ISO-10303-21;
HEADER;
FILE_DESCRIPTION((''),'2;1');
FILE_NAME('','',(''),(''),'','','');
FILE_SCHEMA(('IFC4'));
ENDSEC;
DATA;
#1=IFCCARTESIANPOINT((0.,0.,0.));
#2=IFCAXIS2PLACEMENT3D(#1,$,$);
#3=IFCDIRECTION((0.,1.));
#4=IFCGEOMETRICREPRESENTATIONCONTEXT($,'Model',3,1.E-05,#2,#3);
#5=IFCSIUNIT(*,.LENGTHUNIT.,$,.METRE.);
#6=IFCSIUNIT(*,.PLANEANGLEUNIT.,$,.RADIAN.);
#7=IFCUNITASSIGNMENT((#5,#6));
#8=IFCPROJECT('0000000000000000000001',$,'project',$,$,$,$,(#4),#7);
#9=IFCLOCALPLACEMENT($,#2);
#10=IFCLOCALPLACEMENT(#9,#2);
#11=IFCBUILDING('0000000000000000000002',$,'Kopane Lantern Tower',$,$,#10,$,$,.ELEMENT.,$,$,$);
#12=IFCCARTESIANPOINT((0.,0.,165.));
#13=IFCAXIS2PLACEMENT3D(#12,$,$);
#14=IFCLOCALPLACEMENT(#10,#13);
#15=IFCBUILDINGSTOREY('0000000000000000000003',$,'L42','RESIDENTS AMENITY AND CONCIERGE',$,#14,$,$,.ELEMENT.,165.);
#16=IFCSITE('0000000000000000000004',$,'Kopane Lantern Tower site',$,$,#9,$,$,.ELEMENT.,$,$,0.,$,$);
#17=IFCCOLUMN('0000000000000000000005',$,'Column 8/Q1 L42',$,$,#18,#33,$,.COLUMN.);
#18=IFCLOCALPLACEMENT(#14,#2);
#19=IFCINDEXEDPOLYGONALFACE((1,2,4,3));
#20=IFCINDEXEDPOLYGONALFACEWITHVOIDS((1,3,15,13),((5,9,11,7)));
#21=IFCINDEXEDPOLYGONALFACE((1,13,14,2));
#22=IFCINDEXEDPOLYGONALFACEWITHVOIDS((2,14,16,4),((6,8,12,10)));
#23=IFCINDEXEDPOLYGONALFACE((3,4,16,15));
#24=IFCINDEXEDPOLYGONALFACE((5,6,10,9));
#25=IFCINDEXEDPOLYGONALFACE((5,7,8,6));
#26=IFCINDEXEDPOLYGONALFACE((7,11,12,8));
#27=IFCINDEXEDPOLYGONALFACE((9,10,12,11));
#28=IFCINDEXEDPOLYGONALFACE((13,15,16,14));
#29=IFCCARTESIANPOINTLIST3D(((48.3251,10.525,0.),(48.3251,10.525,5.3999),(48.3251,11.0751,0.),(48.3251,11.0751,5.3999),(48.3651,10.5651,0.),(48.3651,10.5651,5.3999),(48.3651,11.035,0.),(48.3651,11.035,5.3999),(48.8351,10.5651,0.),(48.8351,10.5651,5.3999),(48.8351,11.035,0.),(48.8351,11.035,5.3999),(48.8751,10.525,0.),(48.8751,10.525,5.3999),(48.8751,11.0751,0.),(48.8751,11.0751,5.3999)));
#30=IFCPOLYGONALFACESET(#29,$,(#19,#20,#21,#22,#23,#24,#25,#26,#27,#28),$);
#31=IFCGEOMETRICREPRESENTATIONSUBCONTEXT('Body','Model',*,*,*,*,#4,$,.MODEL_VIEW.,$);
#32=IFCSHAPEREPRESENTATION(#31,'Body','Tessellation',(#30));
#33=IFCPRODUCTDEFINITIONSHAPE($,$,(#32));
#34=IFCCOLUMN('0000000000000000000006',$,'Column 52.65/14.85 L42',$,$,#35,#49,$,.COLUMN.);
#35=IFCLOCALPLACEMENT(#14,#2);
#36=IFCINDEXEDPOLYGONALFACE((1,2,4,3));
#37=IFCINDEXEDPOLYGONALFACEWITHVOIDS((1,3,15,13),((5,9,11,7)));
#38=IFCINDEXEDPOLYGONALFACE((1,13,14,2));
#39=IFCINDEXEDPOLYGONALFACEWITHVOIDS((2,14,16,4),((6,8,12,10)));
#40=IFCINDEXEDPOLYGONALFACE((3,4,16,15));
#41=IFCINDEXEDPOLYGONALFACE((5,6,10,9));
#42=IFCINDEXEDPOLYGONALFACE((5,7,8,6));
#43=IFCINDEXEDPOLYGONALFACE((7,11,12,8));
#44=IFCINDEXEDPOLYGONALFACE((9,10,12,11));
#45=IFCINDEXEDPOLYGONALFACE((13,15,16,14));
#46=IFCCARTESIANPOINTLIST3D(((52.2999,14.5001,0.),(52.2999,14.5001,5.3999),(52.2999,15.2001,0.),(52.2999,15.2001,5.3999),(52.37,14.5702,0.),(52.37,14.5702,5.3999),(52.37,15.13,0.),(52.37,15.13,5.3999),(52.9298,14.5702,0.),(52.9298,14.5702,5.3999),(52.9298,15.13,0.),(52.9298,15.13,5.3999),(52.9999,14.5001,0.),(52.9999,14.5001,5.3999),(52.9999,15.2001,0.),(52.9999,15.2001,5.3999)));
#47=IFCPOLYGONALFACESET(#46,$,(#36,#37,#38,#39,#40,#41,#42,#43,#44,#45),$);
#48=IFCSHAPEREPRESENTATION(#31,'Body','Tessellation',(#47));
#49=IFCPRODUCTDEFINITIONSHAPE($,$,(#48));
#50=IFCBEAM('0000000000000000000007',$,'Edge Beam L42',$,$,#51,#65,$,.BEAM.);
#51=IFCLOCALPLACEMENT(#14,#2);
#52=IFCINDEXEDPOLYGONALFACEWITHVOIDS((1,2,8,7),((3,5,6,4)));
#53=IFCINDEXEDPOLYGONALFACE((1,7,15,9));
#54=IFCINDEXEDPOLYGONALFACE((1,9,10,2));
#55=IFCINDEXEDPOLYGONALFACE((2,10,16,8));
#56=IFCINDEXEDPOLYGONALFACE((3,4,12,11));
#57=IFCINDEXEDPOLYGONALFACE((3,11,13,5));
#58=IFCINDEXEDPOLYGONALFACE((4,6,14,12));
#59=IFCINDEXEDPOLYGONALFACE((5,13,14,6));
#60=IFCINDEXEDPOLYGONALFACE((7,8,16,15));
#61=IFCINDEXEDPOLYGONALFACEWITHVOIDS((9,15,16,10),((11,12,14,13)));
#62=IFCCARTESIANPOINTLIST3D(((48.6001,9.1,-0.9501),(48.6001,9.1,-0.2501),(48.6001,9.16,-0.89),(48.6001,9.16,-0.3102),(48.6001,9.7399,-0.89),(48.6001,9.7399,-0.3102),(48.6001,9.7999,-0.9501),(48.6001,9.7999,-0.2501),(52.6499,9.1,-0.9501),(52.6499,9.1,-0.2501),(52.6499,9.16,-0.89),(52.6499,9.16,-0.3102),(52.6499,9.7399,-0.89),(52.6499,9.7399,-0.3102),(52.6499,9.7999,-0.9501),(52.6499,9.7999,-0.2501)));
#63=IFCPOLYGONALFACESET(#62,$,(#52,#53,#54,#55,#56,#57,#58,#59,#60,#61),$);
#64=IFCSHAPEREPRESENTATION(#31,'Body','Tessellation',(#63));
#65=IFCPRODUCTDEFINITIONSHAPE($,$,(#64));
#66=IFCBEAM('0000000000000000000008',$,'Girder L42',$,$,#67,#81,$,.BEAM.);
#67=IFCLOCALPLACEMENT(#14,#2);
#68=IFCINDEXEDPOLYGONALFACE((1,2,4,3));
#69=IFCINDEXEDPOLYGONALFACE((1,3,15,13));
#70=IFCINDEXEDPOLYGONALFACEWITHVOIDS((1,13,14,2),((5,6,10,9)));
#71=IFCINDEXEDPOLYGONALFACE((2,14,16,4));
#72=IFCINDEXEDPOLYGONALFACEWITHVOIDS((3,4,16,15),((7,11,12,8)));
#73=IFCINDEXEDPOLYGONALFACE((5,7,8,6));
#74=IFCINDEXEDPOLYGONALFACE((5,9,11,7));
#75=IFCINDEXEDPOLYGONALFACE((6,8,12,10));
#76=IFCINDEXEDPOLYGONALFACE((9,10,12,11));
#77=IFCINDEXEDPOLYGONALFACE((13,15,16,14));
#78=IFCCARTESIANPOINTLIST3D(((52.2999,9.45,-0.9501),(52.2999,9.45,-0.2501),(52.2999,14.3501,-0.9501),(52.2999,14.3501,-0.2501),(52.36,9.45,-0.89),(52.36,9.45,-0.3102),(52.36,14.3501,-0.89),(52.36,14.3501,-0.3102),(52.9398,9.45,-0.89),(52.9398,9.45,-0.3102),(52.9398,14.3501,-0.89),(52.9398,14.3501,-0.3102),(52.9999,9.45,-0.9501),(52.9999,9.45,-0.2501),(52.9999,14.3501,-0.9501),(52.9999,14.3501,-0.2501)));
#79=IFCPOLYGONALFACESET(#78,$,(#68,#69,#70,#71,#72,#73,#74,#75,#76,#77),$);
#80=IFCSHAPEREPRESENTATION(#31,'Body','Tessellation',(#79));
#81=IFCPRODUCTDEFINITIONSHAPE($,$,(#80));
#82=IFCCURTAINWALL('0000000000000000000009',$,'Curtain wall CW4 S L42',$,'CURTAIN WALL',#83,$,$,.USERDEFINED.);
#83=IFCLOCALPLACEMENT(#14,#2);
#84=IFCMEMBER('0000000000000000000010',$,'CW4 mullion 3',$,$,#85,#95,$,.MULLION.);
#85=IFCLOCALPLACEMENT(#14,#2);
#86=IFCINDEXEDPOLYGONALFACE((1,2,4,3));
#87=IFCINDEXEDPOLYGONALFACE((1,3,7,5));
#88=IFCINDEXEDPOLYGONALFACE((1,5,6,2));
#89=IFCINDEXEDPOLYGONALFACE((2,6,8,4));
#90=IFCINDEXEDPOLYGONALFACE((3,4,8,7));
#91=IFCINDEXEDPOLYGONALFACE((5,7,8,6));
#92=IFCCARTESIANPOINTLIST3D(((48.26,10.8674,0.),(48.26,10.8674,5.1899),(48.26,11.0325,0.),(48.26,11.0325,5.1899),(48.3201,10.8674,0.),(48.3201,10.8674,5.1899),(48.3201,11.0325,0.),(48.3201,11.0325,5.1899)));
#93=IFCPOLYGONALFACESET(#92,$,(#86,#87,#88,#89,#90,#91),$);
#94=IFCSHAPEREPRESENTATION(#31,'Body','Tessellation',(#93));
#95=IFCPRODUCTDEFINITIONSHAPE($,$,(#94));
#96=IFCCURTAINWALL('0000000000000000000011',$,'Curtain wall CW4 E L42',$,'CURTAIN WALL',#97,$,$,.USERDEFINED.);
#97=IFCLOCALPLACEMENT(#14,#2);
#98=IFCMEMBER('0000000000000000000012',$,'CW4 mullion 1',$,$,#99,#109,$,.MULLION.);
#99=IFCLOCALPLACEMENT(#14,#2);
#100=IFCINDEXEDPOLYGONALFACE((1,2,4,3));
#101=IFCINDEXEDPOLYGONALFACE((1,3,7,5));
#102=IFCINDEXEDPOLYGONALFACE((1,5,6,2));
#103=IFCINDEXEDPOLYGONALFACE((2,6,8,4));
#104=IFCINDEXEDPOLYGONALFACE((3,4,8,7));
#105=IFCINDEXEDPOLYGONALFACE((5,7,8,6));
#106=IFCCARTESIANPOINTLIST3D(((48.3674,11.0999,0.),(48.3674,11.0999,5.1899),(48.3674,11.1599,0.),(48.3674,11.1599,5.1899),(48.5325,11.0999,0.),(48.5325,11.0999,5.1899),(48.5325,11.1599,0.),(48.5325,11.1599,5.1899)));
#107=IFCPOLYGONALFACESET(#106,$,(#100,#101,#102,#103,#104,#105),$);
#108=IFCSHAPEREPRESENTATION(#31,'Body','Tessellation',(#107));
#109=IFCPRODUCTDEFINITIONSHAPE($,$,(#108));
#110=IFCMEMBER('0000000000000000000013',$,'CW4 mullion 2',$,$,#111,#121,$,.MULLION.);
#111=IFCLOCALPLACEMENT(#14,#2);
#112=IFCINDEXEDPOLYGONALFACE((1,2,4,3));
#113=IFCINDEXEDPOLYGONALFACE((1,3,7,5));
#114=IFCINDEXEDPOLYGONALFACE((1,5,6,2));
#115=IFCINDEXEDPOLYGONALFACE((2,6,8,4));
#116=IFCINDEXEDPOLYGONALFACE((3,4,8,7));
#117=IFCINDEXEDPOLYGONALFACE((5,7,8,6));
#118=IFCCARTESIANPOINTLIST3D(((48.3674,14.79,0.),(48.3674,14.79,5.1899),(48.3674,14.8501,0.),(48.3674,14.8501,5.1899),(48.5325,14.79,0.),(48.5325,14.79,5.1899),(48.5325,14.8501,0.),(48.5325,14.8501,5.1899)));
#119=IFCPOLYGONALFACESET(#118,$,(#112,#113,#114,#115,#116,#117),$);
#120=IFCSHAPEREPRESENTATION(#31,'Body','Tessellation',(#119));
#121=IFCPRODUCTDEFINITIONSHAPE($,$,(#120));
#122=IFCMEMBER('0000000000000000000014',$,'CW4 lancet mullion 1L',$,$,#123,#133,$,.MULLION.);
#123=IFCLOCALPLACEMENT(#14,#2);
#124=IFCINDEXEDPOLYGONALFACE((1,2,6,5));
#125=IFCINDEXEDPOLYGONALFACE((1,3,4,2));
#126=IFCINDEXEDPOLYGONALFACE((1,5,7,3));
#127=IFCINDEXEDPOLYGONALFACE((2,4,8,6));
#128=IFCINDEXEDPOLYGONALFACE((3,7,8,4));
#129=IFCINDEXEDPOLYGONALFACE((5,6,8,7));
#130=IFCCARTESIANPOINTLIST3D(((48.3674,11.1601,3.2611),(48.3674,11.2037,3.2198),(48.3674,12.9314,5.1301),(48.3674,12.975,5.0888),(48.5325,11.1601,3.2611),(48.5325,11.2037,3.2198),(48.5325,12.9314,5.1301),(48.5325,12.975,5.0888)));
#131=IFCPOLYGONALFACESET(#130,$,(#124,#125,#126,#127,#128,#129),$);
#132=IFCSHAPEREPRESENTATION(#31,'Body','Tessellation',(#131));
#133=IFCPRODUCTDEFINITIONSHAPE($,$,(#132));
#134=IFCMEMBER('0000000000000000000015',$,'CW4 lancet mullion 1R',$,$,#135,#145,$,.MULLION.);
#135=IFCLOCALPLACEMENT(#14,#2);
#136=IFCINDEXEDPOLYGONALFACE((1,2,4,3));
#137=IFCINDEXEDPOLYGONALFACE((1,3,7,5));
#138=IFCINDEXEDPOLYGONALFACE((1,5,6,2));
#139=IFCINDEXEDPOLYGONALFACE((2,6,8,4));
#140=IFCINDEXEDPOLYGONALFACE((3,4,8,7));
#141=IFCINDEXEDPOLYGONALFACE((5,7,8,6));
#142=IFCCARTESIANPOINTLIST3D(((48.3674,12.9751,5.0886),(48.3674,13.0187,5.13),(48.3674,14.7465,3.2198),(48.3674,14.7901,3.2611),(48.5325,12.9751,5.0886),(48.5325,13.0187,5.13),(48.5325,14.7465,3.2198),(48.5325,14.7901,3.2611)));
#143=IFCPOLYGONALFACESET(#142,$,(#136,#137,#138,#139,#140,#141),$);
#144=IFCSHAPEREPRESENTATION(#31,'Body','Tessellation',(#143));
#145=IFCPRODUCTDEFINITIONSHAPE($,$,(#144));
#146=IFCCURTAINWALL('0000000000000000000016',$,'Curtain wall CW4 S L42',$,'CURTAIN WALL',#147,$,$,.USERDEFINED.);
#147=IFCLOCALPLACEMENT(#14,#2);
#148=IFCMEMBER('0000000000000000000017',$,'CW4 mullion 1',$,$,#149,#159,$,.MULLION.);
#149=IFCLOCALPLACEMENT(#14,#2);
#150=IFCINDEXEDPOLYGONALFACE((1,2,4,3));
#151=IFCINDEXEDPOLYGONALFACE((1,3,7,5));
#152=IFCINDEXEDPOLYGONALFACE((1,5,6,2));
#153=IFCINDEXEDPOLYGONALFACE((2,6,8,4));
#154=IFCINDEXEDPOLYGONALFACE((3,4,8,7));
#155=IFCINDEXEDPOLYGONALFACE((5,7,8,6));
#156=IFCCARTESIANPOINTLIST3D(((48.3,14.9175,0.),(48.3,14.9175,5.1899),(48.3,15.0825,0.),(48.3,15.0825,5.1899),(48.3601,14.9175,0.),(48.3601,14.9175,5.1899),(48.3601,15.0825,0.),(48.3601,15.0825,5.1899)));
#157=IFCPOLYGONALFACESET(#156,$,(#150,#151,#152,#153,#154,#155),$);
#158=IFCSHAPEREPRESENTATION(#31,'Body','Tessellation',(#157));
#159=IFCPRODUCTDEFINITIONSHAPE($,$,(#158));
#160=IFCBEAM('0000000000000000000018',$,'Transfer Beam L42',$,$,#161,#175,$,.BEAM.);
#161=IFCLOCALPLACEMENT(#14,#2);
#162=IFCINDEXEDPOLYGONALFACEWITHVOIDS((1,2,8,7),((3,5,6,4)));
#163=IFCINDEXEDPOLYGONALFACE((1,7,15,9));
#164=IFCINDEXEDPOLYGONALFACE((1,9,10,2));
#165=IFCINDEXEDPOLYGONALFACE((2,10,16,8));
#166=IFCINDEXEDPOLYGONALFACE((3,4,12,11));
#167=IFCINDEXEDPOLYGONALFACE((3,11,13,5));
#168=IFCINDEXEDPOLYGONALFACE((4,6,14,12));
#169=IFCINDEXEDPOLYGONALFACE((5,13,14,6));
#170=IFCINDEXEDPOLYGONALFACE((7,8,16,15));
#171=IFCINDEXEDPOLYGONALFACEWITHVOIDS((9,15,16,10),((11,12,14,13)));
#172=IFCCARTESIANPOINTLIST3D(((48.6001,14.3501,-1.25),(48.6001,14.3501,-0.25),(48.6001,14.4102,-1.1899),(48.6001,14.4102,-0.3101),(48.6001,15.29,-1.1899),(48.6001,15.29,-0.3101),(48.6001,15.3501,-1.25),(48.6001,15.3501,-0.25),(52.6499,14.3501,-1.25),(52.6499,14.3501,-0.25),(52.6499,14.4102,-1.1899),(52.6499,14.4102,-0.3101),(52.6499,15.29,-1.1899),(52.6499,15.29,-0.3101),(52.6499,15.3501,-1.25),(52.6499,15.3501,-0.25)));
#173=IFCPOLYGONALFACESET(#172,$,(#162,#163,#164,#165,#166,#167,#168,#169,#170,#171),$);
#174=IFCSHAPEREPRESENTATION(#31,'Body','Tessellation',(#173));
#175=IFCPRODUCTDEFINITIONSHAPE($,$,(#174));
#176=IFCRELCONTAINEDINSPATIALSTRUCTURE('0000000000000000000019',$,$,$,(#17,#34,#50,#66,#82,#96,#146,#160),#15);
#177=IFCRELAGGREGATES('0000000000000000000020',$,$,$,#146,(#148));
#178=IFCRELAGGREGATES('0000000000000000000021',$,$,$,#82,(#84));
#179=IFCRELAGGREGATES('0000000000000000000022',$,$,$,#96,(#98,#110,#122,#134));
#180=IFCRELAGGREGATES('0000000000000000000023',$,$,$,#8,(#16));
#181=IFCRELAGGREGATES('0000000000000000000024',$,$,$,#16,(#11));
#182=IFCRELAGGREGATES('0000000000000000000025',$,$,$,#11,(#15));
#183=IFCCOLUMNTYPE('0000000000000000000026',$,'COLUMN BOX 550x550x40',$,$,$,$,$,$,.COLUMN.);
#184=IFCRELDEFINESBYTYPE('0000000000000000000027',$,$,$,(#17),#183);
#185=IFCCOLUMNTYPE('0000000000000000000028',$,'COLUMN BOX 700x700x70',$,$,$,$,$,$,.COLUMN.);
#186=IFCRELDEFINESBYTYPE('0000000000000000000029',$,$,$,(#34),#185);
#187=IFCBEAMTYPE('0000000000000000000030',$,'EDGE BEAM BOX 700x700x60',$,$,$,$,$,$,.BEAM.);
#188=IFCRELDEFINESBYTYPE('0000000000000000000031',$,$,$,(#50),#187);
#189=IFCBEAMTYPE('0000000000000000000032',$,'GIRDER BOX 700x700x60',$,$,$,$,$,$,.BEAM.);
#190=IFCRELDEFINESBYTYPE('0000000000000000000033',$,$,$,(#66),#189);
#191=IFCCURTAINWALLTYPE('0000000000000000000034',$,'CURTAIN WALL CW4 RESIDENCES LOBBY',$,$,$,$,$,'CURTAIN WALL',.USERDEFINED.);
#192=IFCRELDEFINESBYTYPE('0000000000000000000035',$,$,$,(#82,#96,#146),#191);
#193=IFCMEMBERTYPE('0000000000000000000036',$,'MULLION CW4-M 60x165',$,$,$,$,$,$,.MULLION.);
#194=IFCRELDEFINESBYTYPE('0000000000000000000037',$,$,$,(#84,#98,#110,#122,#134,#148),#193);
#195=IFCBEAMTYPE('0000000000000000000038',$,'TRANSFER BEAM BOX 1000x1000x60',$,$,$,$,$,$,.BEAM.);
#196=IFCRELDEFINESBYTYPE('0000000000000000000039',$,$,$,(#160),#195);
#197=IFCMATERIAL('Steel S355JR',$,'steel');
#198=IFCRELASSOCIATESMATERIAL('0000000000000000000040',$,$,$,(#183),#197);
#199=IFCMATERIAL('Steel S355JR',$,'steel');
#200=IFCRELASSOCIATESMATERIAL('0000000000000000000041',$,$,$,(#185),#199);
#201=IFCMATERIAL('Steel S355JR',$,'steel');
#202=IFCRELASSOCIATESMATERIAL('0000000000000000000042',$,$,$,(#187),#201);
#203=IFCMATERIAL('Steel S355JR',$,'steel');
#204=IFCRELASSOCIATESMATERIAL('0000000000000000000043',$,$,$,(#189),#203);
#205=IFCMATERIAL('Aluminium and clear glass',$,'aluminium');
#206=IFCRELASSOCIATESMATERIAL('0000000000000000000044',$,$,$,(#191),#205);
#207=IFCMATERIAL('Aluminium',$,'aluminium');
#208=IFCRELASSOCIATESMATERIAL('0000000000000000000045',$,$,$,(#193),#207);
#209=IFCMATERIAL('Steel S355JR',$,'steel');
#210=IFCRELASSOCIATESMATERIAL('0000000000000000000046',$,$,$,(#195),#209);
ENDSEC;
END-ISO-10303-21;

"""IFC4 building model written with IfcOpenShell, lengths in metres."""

from ifc_helpers import new_model, si_unit, direction, frame, origin, origin_2d, place, context, subcontext, project, spatial, rectangle, hollow_rectangle, extrude, material, material_profile, profile_set, type_object, element, aggregate, save


model = new_model("IFC4")

# Units and contexts
model_context = context("Model", 3, precision=1e-05, world=origin(), true_north=direction((0.0, 1.0)))
body_context = subcontext(model_context, "Body", "Model", "MODEL_VIEW")
ifc_project = project(units=[si_unit("LENGTHUNIT", "METRE"), si_unit("PLANEANGLEUNIT", "RADIAN")], contexts=[model_context])

# Site, building, storey
site_placement = place(None, origin())
site = spatial("IfcSite", under=ifc_project, at=site_placement, Name="Kopane Lantern Tower site", CompositionType="ELEMENT", RefElevation=0.0)
building_placement = place(site_placement, origin())
building = spatial("IfcBuilding", under=site, at=building_placement, Name="Kopane Lantern Tower", CompositionType="ELEMENT")
storey_placement = place(building_placement, frame((0.0, 0.0, 165.0)))
storey = spatial("IfcBuildingStorey", under=building, at=storey_placement, Name="L42", Description="RESIDENTS AMENITY AND CONCIERGE", CompositionType="ELEMENT", Elevation=165.0)

# Columns
ifc_material_1 = material(Name="Steel S355JR", Category="steel")
ifc_material_profile_1 = material_profile(ifc_material_1, hollow_rectangle(XDim=0.55, YDim=0.55, WallThickness=0.04, at=origin_2d()), Name="BOX 550x550x40")
ifc_profile_set_1 = profile_set([ifc_material_profile_1], Name="Steel S355JR")
column_type_1 = type_object("IfcColumnType", Name="COLUMN BOX 550x550x40", PredefinedType="COLUMN", material=ifc_profile_set_1)
column_1_placement = place(storey_placement, frame((48.6001, 10.8, 0.0), z_axis=(0.0, 0.0, 1.0), x_axis=(1.0, 0.0, 0.0)))
element("IfcColumn", 1, at=column_1_placement, inside=storey, type_object=column_type_1, Name="Column 8/Q1 L42", PredefinedType="COLUMN", context=body_context, shape_type="SweptSolid", body=[
    extrude(hollow_rectangle(XDim=0.55, YDim=0.55, WallThickness=0.04, at=origin_2d()), origin(), (0.0, 0.0, 1.0), 5.3999),
])
ifc_material_2 = material(Name="Steel S355JR", Category="steel")
ifc_material_profile_2 = material_profile(ifc_material_2, hollow_rectangle(XDim=0.7, YDim=0.7, WallThickness=0.0701, at=origin_2d()), Name="BOX 700x700x70")
ifc_profile_set_2 = profile_set([ifc_material_profile_2], Name="Steel S355JR")
column_type_2 = type_object("IfcColumnType", Name="COLUMN BOX 700x700x70", PredefinedType="COLUMN", material=ifc_profile_set_2)
column_2_placement = place(storey_placement, frame((52.6499, 14.8501, 0.0), z_axis=(0.0, 0.0, 1.0), x_axis=(1.0, 0.0, 0.0)))
element("IfcColumn", 2, at=column_2_placement, inside=storey, type_object=column_type_2, Name="Column 52.65/14.85 L42", PredefinedType="COLUMN", context=body_context, shape_type="SweptSolid", body=[
    extrude(hollow_rectangle(XDim=0.7, YDim=0.7, WallThickness=0.0701, at=origin_2d()), origin(), (0.0, 0.0, 1.0), 5.3999),
])

# Beams
ifc_material_3 = material(Name="Steel S355JR", Category="steel")
ifc_material_profile_3 = material_profile(ifc_material_3, hollow_rectangle(XDim=0.7, YDim=0.7, WallThickness=0.0601, at=origin_2d()), Name="BOX 700x700x60")
ifc_profile_set_3 = profile_set([ifc_material_profile_3], Name="Steel S355JR")
beam_type_1 = type_object("IfcBeamType", Name="EDGE BEAM BOX 700x700x60", PredefinedType="BEAM", material=ifc_profile_set_3)
beam_1_placement = place(storey_placement, frame((52.6499, 9.45, -0.6001), z_axis=(-1.0, 0.0, 0.0), x_axis=(0.0, -1.0, 0.0)))
element("IfcBeam", 3, at=beam_1_placement, inside=storey, type_object=beam_type_1, Name="Edge Beam L42", PredefinedType="BEAM", context=body_context, shape_type="SweptSolid", body=[
    extrude(hollow_rectangle(XDim=0.7, YDim=0.7, WallThickness=0.0601, at=origin_2d()), origin(), (0.0, 0.0, 1.0), 4.0498),
])
ifc_material_4 = material(Name="Steel S355JR", Category="steel")
ifc_material_profile_4 = material_profile(ifc_material_4, hollow_rectangle(XDim=0.7, YDim=0.7, WallThickness=0.0601, at=origin_2d()), Name="BOX 700x700x60")
ifc_profile_set_4 = profile_set([ifc_material_profile_4], Name="Steel S355JR")
beam_type_2 = type_object("IfcBeamType", Name="GIRDER BOX 700x700x60", PredefinedType="BEAM", material=ifc_profile_set_4)
beam_2_placement = place(storey_placement, frame((52.6499, 9.45, -0.6001), z_axis=(0.0, 1.0, 0.0), x_axis=(-1.0, 0.0, 0.0)))
element("IfcBeam", 4, at=beam_2_placement, inside=storey, type_object=beam_type_2, Name="Girder L42", PredefinedType="BEAM", context=body_context, shape_type="SweptSolid", body=[
    extrude(hollow_rectangle(XDim=0.7, YDim=0.7, WallThickness=0.0601, at=origin_2d()), origin(), (0.0, 0.0, 1.0), 4.9001),
])

# Curtain wall, member
ifc_material_5 = material(Name="Aluminium and clear glass", Category="aluminium")
curtain_wall_type = type_object("IfcCurtainWallType", Name="CURTAIN WALL CW4 RESIDENCES LOBBY", ElementType="CURTAIN WALL", PredefinedType="USERDEFINED", material=ifc_material_5)
curtain_wall_1_placement = place(storey_placement, origin())
curtain_wall_1 = element("IfcCurtainWall", 5, at=curtain_wall_1_placement, inside=storey, type_object=curtain_wall_type, Name="Curtain wall CW4 S L42", ObjectType="CURTAIN WALL", PredefinedType="USERDEFINED")
ifc_material_6 = material(Name="Aluminium", Category="aluminium")
ifc_material_profile_5 = material_profile(ifc_material_6, rectangle(XDim=0.0601, YDim=0.165, at=origin_2d()), Name="AL 60x165")
ifc_profile_set_5 = profile_set([ifc_material_profile_5], Name="Aluminium")
member_type_1 = type_object("IfcMemberType", Name="MULLION CW4-M 60x165", PredefinedType="MULLION", material=ifc_profile_set_5)
member_1_placement = place(storey_placement, frame((48.29, 10.95, 0.0), z_axis=(0.0, 0.0, 1.0), x_axis=(1.0, 0.0, 0.0)))
member_1 = element("IfcMember", 6, at=member_1_placement, type_object=member_type_1, Name="CW4 mullion 3", PredefinedType="MULLION", context=body_context, shape_type="SweptSolid", body=[
    extrude(rectangle(XDim=0.0601, YDim=0.165, at=origin_2d()), origin(), (0.0, 0.0, 1.0), 5.1899),
])

# Curtain wall, members
curtain_wall_2_placement = place(storey_placement, origin())
curtain_wall_2 = element("IfcCurtainWall", 7, at=curtain_wall_2_placement, inside=storey, type_object=curtain_wall_type, Name="Curtain wall CW4 E L42", ObjectType="CURTAIN WALL", PredefinedType="USERDEFINED")
member_2_placement = place(storey_placement, frame((48.45, 11.1299, 0.0), z_axis=(0.0, 0.0, 1.0), x_axis=(0.0, 1.0, 0.0)))
member_2 = element("IfcMember", 8, at=member_2_placement, type_object=member_type_1, Name="CW4 mullion 1", PredefinedType="MULLION", context=body_context, shape_type="SweptSolid", body=[
    extrude(rectangle(XDim=0.0601, YDim=0.165, at=origin_2d()), origin(), (0.0, 0.0, 1.0), 5.1899),
])
member_3_placement = place(storey_placement, frame((48.45, 14.8201, 0.0), z_axis=(0.0, 0.0, 1.0), x_axis=(0.0, 1.0, 0.0)))
member_3 = element("IfcMember", 9, at=member_3_placement, type_object=member_type_1, Name="CW4 mullion 2", PredefinedType="MULLION", context=body_context, shape_type="SweptSolid", body=[
    extrude(rectangle(XDim=0.0601, YDim=0.165, at=origin_2d()), origin(), (0.0, 0.0, 1.0), 5.1899),
])
member_4_placement = place(storey_placement, frame((48.45, 11.1819, 3.2405), z_axis=(0.0, 0.687889, 0.725816), x_axis=(0.0, -0.725816, 0.687889)))
member_4 = element("IfcMember", 10, at=member_4_placement, type_object=member_type_1, Name="CW4 lancet mullion 1L", PredefinedType="MULLION", context=body_context, shape_type="SweptSolid", body=[
    extrude(rectangle(XDim=0.0601, YDim=0.165, at=origin_2d()), origin(), (0.0, 0.0, 1.0), 2.575),
])
member_5_placement = place(storey_placement, frame((48.45, 14.7683, 3.2405), z_axis=(0.0, -0.687939, 0.725768), x_axis=(0.0, 0.725768, 0.687939)))
member_5 = element("IfcMember", 11, at=member_5_placement, type_object=member_type_1, Name="CW4 lancet mullion 1R", PredefinedType="MULLION", context=body_context, shape_type="SweptSolid", body=[
    extrude(rectangle(XDim=0.0601, YDim=0.165, at=origin_2d()), origin(), (0.0, 0.0, 1.0), 2.575),
])

# Curtain wall, member
curtain_wall_3_placement = place(storey_placement, origin())
curtain_wall_3 = element("IfcCurtainWall", 12, at=curtain_wall_3_placement, inside=storey, type_object=curtain_wall_type, Name="Curtain wall CW4 S L42", ObjectType="CURTAIN WALL", PredefinedType="USERDEFINED")
member_6_placement = place(storey_placement, frame((48.3301, 15.0, 0.0), z_axis=(0.0, 0.0, 1.0), x_axis=(1.0, 0.0, 0.0)))
member_6 = element("IfcMember", 13, at=member_6_placement, type_object=member_type_1, Name="CW4 mullion 1", PredefinedType="MULLION", context=body_context, shape_type="SweptSolid", body=[
    extrude(rectangle(XDim=0.0601, YDim=0.165, at=origin_2d()), origin(), (0.0, 0.0, 1.0), 5.1899),
])
aggregate(curtain_wall_3, [member_6])

# Beam
ifc_material_7 = material(Name="Steel S355JR", Category="steel")
ifc_material_profile_6 = material_profile(ifc_material_7, hollow_rectangle(XDim=1.0, YDim=1.0, WallThickness=0.0601, at=origin_2d()), Name="BOX 1000x1000x60")
ifc_profile_set_6 = profile_set([ifc_material_profile_6], Name="Steel S355JR")
beam_type_3 = type_object("IfcBeamType", Name="TRANSFER BEAM BOX 1000x1000x60", PredefinedType="BEAM", material=ifc_profile_set_6)
beam_3_placement = place(storey_placement, frame((48.6001, 14.8501, -0.75), z_axis=(1.0, 0.0, 0.0), x_axis=(0.0, 1.0, 0.0)))
element("IfcBeam", 14, at=beam_3_placement, inside=storey, type_object=beam_type_3, Name="Transfer Beam L42", PredefinedType="BEAM", context=body_context, shape_type="SweptSolid", body=[
    extrude(hollow_rectangle(XDim=1.0, YDim=1.0, WallThickness=0.0601, at=origin_2d()), origin(), (0.0, 0.0, 1.0), 4.0498),
])

aggregate(curtain_wall_1, [member_1])
aggregate(curtain_wall_2, [member_2, member_3, member_4, member_5])

save(model, "model.ifc")
